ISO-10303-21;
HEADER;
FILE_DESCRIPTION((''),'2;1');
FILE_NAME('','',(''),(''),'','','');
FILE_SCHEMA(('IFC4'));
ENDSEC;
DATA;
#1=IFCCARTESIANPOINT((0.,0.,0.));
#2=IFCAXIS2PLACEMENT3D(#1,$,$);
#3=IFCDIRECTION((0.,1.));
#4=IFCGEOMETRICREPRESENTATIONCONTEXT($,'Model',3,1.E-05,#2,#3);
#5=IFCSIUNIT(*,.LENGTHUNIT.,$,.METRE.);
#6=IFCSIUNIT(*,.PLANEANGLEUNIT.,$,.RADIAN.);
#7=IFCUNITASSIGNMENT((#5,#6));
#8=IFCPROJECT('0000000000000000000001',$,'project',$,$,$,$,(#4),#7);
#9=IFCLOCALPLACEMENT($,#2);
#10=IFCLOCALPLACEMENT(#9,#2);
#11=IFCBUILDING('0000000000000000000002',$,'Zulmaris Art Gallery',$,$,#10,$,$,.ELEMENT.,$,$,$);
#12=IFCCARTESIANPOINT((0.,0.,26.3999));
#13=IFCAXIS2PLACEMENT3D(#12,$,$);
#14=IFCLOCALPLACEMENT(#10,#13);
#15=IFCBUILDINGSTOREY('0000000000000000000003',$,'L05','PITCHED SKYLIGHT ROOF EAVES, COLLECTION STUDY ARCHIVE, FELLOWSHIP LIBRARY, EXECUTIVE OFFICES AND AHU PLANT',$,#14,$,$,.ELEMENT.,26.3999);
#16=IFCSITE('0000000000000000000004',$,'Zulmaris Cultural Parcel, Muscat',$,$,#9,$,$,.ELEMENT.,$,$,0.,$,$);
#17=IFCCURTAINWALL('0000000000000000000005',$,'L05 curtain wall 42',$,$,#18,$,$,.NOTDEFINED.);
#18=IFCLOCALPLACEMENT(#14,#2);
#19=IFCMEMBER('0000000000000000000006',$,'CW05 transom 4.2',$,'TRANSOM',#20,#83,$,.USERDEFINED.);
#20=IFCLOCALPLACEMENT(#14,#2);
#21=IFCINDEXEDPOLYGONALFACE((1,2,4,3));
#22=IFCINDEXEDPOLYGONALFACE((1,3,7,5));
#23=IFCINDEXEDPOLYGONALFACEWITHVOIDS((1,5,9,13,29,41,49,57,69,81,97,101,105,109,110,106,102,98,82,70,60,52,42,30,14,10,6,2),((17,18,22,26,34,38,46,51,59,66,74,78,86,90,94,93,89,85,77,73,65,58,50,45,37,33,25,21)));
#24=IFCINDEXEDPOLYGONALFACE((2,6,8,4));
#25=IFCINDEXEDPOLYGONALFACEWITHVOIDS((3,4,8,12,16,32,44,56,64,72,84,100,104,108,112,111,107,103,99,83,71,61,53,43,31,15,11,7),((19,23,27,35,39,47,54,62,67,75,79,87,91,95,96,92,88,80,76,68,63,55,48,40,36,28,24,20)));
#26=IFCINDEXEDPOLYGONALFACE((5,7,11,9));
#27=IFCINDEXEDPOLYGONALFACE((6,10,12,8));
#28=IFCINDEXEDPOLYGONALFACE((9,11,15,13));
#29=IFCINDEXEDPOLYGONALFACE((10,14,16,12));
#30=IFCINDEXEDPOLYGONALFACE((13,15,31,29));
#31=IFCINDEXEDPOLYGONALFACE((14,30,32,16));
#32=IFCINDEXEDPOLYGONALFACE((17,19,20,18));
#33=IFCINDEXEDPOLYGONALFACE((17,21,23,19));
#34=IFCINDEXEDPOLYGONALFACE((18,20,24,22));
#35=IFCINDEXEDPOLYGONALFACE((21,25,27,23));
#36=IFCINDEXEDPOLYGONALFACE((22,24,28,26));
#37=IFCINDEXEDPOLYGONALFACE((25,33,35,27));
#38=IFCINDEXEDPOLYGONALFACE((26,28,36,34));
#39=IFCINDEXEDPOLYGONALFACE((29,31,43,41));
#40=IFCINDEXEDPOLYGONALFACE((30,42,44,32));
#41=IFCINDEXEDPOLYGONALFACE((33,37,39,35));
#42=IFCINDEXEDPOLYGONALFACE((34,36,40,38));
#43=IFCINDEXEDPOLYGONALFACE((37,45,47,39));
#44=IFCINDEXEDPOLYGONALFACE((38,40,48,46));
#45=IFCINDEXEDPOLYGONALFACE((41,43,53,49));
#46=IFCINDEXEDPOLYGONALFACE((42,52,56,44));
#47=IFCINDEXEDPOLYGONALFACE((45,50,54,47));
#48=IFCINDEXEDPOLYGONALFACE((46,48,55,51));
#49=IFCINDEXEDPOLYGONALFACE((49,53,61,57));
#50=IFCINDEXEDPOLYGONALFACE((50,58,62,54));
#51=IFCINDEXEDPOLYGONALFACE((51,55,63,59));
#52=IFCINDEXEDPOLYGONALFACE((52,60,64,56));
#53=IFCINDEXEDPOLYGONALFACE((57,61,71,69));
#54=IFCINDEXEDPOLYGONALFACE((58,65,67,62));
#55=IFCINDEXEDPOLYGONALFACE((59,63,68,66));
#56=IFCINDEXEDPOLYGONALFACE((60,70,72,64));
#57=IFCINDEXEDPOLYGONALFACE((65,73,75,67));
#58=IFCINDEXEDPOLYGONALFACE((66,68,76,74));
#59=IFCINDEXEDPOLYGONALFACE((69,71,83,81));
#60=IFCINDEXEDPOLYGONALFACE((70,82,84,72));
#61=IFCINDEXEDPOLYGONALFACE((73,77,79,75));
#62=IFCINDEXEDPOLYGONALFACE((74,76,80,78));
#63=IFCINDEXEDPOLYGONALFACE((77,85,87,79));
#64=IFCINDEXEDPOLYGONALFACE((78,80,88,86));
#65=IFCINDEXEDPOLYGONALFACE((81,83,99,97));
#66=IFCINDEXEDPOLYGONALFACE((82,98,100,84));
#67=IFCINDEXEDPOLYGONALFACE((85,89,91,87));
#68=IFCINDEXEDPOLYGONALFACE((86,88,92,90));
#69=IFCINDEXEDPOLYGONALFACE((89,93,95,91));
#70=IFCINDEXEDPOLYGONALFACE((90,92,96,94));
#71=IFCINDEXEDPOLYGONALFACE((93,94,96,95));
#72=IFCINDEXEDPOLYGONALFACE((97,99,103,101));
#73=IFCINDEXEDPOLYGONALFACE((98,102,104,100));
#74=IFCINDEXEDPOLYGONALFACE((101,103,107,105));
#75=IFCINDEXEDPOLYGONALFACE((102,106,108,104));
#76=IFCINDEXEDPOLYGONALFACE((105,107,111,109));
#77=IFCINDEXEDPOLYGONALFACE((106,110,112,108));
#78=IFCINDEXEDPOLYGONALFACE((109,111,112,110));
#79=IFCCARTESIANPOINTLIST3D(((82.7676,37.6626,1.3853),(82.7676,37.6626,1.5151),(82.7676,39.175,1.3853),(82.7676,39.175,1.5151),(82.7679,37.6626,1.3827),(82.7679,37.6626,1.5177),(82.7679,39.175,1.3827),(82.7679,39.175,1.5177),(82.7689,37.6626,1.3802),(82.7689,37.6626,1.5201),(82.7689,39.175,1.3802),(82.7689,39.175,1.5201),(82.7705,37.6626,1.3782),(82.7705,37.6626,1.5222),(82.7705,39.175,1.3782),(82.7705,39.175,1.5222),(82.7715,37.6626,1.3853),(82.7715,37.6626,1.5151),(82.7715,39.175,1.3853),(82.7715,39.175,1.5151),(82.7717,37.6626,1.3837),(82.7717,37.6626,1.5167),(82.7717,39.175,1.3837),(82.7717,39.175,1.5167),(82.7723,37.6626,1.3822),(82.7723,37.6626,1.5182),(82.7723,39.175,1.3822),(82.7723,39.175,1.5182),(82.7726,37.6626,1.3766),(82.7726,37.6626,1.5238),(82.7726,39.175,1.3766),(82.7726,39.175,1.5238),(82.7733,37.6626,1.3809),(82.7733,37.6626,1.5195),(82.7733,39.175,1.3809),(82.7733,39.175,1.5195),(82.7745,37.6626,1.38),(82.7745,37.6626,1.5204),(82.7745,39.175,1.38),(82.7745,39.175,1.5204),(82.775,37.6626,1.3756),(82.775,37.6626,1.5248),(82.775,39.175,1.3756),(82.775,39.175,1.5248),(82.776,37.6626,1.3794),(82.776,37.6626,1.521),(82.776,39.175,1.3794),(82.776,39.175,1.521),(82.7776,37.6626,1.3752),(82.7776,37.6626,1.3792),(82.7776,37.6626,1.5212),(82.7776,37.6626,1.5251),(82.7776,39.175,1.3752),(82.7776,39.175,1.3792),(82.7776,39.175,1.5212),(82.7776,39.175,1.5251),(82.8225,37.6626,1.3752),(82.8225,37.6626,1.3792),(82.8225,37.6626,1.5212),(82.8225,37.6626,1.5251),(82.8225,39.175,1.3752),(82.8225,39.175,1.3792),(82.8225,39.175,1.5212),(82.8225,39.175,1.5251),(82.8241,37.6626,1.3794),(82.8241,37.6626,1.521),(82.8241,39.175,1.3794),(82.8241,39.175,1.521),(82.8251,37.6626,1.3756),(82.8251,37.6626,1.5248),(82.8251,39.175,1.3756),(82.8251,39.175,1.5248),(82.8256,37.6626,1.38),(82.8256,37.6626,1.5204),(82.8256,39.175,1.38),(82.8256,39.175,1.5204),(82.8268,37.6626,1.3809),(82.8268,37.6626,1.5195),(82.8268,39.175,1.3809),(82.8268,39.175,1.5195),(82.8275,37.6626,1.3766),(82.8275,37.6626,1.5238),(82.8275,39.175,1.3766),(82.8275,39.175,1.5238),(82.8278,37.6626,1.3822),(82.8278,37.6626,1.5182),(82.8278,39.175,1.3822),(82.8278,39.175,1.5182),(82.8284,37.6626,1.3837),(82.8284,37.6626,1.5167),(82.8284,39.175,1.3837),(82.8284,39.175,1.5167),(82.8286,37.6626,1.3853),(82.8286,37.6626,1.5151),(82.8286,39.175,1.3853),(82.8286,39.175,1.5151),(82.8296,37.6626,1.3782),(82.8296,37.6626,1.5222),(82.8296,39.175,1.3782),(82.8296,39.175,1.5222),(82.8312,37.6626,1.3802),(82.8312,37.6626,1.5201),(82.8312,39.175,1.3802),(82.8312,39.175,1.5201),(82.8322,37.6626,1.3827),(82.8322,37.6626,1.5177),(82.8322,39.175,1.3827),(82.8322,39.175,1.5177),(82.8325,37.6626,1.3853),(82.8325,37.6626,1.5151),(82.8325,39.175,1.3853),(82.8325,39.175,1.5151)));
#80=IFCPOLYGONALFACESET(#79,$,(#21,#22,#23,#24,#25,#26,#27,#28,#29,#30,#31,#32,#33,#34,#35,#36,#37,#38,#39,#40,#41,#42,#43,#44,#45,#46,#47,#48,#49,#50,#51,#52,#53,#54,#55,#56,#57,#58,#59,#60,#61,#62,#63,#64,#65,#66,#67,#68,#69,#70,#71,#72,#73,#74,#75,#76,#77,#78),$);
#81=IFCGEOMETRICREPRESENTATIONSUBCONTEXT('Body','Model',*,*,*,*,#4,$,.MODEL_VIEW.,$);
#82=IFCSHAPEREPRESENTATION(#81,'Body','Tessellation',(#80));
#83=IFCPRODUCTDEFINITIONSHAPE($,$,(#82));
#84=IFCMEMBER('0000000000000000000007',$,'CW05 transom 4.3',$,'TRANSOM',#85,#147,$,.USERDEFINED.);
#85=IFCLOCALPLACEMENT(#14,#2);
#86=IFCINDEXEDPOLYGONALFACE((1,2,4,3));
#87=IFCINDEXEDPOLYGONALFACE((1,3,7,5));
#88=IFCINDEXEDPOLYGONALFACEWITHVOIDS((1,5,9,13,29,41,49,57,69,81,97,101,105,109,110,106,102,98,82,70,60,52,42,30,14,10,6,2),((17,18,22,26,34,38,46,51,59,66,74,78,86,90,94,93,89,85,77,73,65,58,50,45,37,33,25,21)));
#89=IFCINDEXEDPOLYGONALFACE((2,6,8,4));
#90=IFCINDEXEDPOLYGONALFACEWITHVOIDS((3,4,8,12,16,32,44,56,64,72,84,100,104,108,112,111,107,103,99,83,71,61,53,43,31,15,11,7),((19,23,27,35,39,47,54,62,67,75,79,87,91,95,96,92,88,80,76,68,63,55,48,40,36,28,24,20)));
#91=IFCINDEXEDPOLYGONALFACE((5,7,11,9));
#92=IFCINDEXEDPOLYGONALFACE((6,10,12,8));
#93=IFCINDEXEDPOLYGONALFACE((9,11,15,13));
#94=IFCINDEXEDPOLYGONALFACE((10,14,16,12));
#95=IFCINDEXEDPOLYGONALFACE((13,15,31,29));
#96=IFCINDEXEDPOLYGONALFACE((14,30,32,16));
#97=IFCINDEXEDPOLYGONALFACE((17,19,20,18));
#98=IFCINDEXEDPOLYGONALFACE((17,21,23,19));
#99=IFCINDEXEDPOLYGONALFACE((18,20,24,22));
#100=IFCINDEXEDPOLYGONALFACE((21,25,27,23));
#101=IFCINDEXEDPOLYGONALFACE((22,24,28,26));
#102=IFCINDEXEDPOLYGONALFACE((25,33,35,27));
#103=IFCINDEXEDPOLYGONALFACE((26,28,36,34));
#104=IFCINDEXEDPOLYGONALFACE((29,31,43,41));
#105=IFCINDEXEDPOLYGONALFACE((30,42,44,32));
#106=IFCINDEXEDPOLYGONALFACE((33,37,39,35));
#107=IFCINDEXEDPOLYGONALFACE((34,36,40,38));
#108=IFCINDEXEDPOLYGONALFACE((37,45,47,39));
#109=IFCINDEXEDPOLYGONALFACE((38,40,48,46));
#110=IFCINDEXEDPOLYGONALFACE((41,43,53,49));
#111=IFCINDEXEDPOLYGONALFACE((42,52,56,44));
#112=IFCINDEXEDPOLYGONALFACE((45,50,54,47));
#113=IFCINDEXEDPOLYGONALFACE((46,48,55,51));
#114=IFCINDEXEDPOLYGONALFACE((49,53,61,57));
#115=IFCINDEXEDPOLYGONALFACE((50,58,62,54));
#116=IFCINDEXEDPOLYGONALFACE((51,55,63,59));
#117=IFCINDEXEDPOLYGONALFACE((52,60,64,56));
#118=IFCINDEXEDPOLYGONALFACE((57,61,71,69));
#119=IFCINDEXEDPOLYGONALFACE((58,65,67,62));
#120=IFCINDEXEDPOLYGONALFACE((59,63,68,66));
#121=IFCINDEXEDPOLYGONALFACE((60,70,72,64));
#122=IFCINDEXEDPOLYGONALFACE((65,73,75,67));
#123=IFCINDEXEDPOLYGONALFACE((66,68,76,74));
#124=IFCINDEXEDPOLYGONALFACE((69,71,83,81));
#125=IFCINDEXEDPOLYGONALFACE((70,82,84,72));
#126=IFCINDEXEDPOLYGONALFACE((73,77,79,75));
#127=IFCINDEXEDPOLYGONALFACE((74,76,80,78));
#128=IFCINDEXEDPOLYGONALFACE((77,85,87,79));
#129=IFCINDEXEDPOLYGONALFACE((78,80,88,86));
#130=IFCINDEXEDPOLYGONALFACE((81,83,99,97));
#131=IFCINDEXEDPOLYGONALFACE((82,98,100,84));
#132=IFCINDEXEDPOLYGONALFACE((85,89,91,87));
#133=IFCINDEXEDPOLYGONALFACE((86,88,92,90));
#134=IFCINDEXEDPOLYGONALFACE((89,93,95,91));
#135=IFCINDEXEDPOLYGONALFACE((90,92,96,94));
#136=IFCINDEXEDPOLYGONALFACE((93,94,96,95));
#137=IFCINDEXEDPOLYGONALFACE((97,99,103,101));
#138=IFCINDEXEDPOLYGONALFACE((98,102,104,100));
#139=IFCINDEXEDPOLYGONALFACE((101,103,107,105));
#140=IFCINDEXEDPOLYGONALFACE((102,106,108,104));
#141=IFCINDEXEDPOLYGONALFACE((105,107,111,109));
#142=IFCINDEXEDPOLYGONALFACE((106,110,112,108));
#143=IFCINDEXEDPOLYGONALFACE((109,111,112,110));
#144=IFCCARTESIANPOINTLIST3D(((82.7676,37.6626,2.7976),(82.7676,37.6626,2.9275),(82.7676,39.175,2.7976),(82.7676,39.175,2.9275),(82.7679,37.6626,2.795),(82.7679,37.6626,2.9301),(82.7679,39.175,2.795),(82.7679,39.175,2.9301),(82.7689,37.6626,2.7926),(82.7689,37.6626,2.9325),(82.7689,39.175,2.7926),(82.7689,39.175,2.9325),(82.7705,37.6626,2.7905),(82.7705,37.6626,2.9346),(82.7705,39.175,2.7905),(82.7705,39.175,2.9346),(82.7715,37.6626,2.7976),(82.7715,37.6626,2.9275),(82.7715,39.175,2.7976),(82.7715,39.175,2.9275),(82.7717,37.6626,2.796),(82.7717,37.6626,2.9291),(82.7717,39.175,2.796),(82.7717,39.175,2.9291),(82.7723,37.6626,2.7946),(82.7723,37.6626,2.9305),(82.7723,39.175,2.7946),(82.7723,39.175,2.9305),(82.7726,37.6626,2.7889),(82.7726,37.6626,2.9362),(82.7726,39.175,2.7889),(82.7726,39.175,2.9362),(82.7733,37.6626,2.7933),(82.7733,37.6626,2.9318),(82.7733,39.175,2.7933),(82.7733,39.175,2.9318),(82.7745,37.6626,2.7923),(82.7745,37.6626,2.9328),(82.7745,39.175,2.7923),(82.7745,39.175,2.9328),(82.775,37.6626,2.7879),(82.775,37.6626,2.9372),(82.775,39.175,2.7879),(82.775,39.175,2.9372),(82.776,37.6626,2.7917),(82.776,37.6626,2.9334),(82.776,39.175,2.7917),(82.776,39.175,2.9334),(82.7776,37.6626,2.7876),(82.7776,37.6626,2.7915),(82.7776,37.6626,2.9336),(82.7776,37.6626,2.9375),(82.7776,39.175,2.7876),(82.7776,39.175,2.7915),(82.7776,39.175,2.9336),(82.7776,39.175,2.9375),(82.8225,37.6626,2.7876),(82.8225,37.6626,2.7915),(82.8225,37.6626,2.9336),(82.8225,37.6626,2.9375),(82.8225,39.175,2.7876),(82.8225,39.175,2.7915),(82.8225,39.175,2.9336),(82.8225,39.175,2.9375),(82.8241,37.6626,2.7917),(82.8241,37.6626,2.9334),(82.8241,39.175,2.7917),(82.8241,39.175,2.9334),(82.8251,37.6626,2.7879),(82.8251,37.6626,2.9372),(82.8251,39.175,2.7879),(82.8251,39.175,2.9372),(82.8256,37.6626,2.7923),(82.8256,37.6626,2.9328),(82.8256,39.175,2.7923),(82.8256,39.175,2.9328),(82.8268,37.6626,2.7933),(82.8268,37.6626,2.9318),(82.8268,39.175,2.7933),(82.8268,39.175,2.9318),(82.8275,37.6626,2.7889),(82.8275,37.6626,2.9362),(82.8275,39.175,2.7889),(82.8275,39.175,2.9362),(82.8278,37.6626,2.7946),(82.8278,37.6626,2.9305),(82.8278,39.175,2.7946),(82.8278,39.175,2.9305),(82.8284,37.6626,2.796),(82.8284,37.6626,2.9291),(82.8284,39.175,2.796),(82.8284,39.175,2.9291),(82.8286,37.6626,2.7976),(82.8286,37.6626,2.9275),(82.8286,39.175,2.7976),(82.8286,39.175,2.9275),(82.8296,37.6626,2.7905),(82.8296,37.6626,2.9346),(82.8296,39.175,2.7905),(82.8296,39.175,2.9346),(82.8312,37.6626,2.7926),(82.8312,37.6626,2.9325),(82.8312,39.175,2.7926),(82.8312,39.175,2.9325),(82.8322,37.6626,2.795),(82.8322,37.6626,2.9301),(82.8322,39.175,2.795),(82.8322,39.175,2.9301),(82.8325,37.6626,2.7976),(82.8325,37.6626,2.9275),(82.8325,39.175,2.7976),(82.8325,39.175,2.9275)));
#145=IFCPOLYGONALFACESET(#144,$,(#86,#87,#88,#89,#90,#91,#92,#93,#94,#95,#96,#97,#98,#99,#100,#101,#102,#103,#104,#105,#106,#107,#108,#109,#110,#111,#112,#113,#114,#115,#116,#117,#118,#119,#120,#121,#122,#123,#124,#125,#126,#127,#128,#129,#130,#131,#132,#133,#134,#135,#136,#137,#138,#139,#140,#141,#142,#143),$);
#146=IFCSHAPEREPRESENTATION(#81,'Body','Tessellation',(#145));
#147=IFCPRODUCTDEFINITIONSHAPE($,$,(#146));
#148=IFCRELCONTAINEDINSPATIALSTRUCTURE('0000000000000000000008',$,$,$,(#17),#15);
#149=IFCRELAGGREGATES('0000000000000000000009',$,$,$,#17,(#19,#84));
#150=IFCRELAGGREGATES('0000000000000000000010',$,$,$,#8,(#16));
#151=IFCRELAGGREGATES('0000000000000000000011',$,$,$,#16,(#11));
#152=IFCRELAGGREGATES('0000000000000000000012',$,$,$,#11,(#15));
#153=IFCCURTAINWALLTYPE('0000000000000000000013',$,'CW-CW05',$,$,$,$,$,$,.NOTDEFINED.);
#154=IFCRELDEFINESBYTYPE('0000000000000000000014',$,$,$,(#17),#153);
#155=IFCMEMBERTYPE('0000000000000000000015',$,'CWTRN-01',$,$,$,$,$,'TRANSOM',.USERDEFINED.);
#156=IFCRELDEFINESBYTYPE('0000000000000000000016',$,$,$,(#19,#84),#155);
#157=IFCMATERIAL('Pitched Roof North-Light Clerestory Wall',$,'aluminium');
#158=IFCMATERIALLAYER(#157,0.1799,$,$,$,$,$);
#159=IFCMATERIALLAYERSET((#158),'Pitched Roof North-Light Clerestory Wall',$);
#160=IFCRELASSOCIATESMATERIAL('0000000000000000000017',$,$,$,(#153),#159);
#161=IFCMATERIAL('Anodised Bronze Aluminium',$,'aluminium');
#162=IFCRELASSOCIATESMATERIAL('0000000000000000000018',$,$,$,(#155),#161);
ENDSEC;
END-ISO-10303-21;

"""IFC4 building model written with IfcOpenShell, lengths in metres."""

from ifc_helpers import new_model, si_unit, direction, frame, origin, origin_2d, place, context, subcontext, project, spatial, hollow_rectangle, extrude, material, layer, layer_set, material_profile, profile_set, type_object, element, aggregate, save


model = new_model("IFC4")

# Units and contexts
model_context = context("Model", 3, precision=1e-05, world=origin(), true_north=direction((0.0, 1.0)))
body_context = subcontext(model_context, "Body", "Model", "MODEL_VIEW")
ifc_project = project(units=[si_unit("LENGTHUNIT", "METRE"), si_unit("PLANEANGLEUNIT", "RADIAN")], contexts=[model_context])

# Site, building, storey
site_placement = place(None, origin())
site = spatial("IfcSite", under=ifc_project, at=site_placement, Name="Zulmaris Cultural Parcel, Muscat", CompositionType="ELEMENT", RefElevation=0.0)
building_placement = place(site_placement, origin())
building = spatial("IfcBuilding", under=site, at=building_placement, Name="Zulmaris Art Gallery", CompositionType="ELEMENT")
storey_placement = place(building_placement, frame((0.0, 0.0, 26.3999)))
storey = spatial("IfcBuildingStorey", under=building, at=storey_placement, Name="L05", Description="PITCHED SKYLIGHT ROOF EAVES, COLLECTION STUDY ARCHIVE, FELLOWSHIP LIBRARY, EXECUTIVE OFFICES AND AHU PLANT", CompositionType="ELEMENT", Elevation=26.3999)

# Curtain wall, members
ifc_material_1 = material(Name="Pitched Roof North-Light Clerestory Wall", Category="aluminium")
ifc_layer_1 = layer(ifc_material_1, 0.1799)
ifc_layer_set_1 = layer_set([ifc_layer_1], Name="Pitched Roof North-Light Clerestory Wall")
curtain_wall_type = type_object("IfcCurtainWallType", Name="CW-CW05", PredefinedType="NOTDEFINED", material=ifc_layer_set_1)
ifc_material_2 = material(Name="Anodised Bronze Aluminium", Category="aluminium")
curtain_wall_1_placement = place(storey_placement, origin())
curtain_wall_1 = element("IfcCurtainWall", 1, at=curtain_wall_1_placement, inside=storey, type_object=curtain_wall_type, Name="L05 curtain wall 42", PredefinedType="NOTDEFINED")
ifc_material_profile_1 = material_profile(ifc_material_2, hollow_rectangle(XDim=0.0649, YDim=0.1499, WallThickness=0.0039, InnerFilletRadius=0.0061, OuterFilletRadius=0.01, at=origin_2d()), Name="ALU 65x150x4")
ifc_profile_set_1 = profile_set([ifc_material_profile_1], Name="Anodised Bronze Aluminium")
member_type_1 = type_object("IfcMemberType", Name="CWTRN-01", ElementType="TRANSOM", PredefinedType="USERDEFINED", material=ifc_profile_set_1)
member_1_placement = place(storey_placement, frame((82.8, 37.6626, 1.4502), z_axis=(0.0, 1.0, 0.0), x_axis=(-1.0, 0.0, 0.0)))
member_1 = element("IfcMember", 2, at=member_1_placement, type_object=member_type_1, Name="CW05 transom 4.2", ObjectType="TRANSOM", PredefinedType="USERDEFINED", context=body_context, shape_type="SweptSolid", body=[
    extrude(hollow_rectangle(XDim=0.0649, YDim=0.1499, WallThickness=0.0039, InnerFilletRadius=0.0061, OuterFilletRadius=0.01, at=origin_2d()), origin(), (0.0, 0.0, 1.0), 1.5125),
])
member_2_placement = place(storey_placement, frame((82.8, 37.6626, 2.8625), z_axis=(0.0, 1.0, 0.0), x_axis=(-1.0, 0.0, 0.0)))
member_2 = element("IfcMember", 3, at=member_2_placement, type_object=member_type_1, Name="CW05 transom 4.3", ObjectType="TRANSOM", PredefinedType="USERDEFINED", context=body_context, shape_type="SweptSolid", body=[
    extrude(hollow_rectangle(XDim=0.0649, YDim=0.1499, WallThickness=0.0039, InnerFilletRadius=0.0061, OuterFilletRadius=0.01, at=origin_2d()), origin(), (0.0, 0.0, 1.0), 1.5125),
])

aggregate(curtain_wall_1, [member_1, member_2])

save(model, "model.ifc")
